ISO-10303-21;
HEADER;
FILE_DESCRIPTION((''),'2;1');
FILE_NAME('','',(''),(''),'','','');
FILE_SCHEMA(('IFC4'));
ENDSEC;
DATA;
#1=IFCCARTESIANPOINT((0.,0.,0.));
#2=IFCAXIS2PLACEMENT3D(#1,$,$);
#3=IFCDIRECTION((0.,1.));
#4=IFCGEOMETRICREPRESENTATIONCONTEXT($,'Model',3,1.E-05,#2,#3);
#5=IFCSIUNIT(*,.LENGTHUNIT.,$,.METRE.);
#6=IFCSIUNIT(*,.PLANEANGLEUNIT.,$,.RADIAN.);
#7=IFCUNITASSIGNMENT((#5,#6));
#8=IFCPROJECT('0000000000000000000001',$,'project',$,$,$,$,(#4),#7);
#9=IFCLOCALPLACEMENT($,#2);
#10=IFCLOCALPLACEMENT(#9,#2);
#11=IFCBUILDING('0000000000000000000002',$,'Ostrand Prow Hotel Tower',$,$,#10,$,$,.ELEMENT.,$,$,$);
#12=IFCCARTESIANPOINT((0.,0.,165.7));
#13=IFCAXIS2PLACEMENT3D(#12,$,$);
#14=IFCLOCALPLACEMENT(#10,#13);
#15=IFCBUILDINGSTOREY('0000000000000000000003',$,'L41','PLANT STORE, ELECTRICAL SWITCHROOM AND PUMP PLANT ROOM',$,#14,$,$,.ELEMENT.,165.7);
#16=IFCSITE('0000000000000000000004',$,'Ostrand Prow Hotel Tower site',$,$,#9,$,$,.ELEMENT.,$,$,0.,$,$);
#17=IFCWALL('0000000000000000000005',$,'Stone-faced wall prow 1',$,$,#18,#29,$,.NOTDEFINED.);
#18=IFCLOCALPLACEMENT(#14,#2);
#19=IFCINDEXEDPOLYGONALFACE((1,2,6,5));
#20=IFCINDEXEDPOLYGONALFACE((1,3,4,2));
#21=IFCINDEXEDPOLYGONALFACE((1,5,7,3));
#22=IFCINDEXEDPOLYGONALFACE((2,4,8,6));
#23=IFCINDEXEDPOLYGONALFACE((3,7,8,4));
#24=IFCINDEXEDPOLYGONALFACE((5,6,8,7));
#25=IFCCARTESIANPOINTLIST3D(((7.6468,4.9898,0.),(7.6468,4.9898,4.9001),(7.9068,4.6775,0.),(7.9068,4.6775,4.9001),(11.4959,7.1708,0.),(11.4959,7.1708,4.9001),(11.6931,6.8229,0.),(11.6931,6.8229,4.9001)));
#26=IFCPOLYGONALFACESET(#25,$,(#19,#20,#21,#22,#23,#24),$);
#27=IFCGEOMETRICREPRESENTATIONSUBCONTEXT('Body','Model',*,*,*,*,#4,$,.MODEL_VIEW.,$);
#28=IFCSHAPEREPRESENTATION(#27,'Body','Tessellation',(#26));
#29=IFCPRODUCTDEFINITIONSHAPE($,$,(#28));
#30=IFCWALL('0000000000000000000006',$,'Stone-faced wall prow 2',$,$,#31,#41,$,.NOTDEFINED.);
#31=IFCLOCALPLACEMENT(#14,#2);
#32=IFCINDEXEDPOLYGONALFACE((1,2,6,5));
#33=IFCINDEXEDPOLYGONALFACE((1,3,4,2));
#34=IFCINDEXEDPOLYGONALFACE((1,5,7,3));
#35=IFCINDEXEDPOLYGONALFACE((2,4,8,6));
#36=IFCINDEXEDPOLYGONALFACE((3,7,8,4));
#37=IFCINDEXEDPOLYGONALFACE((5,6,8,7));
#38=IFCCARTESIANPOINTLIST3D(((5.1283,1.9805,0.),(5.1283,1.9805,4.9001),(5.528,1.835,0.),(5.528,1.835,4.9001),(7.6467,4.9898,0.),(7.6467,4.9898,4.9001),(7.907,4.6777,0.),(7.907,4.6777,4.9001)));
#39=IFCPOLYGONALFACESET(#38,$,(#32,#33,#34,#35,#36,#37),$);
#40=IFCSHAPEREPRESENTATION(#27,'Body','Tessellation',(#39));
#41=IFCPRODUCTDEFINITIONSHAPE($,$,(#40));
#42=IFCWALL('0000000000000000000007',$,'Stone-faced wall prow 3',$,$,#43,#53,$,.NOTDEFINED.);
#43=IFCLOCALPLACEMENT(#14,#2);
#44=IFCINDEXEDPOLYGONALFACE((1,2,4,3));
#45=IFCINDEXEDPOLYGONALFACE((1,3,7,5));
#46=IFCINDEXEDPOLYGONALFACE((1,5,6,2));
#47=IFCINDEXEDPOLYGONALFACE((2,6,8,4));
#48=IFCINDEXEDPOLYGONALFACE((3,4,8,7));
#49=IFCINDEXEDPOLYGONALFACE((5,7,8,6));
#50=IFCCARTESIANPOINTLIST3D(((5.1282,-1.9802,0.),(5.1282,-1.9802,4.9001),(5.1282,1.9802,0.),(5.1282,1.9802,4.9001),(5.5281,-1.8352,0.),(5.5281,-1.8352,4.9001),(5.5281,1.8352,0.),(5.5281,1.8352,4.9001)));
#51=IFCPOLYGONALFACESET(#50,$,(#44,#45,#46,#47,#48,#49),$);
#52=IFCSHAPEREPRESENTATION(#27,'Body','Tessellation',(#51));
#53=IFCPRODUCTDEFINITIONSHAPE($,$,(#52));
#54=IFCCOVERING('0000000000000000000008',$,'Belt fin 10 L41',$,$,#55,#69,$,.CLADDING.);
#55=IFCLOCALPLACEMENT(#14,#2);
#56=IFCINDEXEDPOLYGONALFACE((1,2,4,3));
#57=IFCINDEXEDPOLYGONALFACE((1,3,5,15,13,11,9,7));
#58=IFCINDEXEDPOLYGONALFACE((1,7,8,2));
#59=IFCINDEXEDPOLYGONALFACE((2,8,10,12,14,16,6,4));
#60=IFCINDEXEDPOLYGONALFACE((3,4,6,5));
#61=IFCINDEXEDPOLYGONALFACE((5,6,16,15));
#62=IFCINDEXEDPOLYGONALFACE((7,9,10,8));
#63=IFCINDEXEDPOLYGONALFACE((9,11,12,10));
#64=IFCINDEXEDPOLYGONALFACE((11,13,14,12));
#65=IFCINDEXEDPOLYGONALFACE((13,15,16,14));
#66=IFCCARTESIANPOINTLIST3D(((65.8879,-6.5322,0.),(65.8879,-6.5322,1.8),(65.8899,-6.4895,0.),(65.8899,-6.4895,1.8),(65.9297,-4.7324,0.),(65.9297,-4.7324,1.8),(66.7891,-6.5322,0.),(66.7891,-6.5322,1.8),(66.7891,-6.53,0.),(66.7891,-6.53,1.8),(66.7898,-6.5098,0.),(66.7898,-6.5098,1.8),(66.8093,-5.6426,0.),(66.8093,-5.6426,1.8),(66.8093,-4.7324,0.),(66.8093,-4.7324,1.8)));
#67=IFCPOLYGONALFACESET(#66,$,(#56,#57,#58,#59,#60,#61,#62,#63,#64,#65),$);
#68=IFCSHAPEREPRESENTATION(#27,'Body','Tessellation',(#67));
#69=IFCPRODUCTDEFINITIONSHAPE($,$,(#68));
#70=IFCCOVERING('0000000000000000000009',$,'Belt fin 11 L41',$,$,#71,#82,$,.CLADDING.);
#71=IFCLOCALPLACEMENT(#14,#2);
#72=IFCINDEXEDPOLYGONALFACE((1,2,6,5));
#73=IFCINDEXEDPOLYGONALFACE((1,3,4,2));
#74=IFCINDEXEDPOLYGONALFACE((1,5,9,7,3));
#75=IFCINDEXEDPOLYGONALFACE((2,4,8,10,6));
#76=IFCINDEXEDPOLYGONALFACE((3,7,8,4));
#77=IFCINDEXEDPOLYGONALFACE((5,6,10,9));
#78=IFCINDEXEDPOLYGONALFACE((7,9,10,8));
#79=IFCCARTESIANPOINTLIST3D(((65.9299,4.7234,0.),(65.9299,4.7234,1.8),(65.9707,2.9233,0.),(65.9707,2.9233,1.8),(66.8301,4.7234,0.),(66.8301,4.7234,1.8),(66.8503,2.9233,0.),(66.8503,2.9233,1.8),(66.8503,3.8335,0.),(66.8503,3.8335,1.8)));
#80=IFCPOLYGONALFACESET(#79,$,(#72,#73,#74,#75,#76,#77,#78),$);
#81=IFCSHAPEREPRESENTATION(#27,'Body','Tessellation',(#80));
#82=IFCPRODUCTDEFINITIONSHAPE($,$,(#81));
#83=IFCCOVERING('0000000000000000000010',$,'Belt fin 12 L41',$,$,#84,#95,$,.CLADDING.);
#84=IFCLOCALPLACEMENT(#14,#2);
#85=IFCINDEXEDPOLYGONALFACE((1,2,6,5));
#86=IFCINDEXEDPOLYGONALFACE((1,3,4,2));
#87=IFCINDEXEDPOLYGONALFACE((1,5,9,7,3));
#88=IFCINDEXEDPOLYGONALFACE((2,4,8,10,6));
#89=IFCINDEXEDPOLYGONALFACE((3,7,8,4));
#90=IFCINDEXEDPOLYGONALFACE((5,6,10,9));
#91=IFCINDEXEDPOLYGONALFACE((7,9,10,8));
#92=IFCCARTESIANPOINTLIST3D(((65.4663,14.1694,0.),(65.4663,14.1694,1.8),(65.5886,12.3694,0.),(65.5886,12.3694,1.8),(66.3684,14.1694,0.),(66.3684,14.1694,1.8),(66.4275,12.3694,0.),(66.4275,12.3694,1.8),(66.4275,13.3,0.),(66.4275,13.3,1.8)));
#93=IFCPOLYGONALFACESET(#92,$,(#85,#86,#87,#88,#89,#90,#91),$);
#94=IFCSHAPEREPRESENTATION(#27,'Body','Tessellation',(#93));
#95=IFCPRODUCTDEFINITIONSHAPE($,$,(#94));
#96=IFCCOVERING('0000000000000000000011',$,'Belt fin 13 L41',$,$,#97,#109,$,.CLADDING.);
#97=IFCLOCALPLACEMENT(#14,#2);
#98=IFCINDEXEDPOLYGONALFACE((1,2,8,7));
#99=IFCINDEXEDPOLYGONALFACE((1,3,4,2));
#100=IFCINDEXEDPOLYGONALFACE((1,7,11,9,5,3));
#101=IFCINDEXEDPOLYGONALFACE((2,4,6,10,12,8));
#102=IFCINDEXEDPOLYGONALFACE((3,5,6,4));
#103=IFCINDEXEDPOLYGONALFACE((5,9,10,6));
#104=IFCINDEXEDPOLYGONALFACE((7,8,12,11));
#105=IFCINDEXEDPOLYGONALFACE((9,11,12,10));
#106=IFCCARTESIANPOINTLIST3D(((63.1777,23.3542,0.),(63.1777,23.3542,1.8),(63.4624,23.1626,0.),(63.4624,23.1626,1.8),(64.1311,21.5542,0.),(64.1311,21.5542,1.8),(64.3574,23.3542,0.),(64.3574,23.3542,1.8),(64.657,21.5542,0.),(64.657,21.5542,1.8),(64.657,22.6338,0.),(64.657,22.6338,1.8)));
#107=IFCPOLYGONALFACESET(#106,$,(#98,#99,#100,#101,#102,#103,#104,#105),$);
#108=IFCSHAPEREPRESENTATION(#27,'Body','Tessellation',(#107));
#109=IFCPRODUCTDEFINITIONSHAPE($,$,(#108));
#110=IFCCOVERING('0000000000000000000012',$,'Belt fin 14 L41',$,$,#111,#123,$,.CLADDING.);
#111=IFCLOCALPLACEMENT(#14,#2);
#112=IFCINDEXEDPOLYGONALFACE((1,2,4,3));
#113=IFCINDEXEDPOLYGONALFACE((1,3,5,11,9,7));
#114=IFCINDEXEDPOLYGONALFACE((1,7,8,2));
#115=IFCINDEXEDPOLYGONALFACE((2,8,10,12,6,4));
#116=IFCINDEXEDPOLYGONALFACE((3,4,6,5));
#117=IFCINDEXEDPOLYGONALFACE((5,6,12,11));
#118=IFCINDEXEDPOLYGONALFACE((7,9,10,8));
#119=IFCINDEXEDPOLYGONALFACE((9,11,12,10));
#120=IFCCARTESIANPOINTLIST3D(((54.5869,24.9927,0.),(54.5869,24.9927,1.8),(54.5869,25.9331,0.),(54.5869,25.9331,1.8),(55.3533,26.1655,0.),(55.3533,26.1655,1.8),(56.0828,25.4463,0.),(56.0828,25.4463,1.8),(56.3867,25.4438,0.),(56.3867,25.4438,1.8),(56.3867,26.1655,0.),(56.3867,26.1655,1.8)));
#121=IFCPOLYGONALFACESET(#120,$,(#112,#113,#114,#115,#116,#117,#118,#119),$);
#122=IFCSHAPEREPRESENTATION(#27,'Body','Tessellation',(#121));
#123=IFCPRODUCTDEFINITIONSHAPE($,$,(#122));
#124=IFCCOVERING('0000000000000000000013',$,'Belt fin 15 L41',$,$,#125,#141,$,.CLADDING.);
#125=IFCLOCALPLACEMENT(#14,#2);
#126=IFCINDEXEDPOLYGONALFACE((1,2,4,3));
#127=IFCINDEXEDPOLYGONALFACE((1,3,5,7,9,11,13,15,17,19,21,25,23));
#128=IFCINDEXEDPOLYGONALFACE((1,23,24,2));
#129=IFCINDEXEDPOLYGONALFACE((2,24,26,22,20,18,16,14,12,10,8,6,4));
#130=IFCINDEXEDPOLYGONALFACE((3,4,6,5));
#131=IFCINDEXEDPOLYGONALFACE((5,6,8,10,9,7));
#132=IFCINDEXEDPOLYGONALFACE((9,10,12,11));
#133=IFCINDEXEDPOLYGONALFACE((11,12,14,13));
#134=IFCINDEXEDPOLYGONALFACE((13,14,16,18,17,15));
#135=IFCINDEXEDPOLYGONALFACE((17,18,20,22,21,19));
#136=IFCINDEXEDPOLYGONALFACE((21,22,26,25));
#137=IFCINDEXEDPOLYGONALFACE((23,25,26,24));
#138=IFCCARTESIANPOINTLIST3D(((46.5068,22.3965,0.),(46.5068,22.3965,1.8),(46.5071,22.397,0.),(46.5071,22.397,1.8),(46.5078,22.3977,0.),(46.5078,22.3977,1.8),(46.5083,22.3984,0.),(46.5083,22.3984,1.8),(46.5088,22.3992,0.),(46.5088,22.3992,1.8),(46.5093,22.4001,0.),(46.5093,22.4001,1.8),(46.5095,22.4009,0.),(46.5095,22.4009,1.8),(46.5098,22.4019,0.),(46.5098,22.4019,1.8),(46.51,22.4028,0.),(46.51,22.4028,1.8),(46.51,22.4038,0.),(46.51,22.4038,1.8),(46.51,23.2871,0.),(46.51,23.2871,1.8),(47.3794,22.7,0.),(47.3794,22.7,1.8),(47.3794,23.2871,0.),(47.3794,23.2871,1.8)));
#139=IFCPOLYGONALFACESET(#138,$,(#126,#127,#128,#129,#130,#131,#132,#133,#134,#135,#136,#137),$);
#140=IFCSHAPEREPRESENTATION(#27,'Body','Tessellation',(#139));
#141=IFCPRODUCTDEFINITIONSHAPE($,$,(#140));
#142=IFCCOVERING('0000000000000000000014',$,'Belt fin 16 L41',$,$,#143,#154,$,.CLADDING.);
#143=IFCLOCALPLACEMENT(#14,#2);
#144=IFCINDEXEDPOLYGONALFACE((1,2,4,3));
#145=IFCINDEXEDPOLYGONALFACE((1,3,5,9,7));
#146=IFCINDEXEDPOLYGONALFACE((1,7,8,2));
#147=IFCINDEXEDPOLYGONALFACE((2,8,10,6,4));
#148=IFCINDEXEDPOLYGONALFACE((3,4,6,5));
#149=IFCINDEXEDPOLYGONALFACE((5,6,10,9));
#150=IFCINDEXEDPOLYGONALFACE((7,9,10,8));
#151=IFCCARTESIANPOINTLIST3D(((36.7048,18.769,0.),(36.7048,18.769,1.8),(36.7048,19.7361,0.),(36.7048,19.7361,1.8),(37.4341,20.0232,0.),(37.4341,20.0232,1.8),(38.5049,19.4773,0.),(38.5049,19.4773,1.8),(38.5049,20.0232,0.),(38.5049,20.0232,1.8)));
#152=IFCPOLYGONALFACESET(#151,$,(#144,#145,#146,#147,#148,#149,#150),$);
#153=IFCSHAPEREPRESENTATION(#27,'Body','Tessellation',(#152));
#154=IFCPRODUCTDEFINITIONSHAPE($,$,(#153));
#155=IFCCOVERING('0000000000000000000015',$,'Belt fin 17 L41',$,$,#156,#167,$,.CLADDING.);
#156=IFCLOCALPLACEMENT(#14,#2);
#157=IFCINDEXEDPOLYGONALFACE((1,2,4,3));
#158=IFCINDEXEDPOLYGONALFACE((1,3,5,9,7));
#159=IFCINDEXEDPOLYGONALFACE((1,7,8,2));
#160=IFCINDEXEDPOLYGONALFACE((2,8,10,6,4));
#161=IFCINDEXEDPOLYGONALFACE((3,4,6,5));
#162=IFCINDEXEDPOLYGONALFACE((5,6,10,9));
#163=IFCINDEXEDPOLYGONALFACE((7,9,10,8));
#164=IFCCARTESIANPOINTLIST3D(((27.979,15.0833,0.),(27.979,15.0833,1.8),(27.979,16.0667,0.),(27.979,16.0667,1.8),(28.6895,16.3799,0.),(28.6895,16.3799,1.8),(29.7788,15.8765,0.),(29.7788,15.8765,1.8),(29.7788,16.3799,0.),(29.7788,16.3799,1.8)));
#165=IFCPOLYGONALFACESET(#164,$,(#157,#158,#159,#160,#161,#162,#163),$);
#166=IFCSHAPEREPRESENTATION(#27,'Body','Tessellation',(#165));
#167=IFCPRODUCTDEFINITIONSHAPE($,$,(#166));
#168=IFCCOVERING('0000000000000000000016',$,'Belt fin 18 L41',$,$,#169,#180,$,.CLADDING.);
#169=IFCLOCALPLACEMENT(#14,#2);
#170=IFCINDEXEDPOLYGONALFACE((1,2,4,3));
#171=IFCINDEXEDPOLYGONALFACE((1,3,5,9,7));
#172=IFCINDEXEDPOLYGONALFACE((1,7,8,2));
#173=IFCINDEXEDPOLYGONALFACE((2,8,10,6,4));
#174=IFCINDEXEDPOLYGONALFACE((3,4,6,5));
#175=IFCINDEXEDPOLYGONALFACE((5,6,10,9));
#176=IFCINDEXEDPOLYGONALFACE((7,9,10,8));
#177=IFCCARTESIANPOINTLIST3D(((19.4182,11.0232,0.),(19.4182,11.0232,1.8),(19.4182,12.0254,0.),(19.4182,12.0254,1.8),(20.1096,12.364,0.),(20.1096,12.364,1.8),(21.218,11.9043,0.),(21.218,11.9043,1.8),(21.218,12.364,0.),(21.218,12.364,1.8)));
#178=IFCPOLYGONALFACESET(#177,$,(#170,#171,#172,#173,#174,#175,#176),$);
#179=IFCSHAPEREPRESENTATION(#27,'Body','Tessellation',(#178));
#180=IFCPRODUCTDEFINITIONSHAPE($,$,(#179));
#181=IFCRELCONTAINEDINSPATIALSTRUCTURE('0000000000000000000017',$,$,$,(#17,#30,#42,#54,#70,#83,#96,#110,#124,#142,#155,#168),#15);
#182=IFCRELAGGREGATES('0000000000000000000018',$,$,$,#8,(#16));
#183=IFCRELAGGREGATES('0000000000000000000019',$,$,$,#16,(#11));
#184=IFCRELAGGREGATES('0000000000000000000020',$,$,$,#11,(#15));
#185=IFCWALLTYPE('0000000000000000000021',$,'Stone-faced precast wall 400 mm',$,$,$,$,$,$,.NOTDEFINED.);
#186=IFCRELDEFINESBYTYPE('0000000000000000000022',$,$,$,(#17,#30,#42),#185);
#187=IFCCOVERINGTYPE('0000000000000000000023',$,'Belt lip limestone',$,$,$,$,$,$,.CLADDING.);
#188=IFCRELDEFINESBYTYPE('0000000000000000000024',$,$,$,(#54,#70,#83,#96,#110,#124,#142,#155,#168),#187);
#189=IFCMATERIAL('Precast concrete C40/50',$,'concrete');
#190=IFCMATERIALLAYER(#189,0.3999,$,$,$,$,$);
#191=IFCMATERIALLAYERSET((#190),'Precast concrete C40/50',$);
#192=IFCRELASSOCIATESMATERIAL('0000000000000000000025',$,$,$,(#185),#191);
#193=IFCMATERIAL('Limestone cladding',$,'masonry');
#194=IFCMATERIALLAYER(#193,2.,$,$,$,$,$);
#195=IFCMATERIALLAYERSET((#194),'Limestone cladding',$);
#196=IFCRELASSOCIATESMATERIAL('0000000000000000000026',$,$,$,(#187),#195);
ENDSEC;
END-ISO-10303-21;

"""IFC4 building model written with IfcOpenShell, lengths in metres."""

from ifc_helpers import new_model, si_unit, direction, frame, origin, place, context, subcontext, project, spatial, polyline, outline, extrude, material, layer, layer_set, type_object, element, save


model = new_model("IFC4")

# Units and contexts
model_context = context("Model", 3, precision=1e-05, world=origin(), true_north=direction((0.0, 1.0)))
body_context = subcontext(model_context, "Body", "Model", "MODEL_VIEW")
ifc_project = project(units=[si_unit("LENGTHUNIT", "METRE"), si_unit("PLANEANGLEUNIT", "RADIAN")], contexts=[model_context])

# Site, building, storey
site_placement = place(None, origin())
site = spatial("IfcSite", under=ifc_project, at=site_placement, Name="Ostrand Prow Hotel Tower site", CompositionType="ELEMENT", RefElevation=0.0)
building_placement = place(site_placement, origin())
building = spatial("IfcBuilding", under=site, at=building_placement, Name="Ostrand Prow Hotel Tower", CompositionType="ELEMENT")
storey_placement = place(building_placement, frame((0.0, 0.0, 165.7)))
storey = spatial("IfcBuildingStorey", under=building, at=storey_placement, Name="L41", Description="PLANT STORE, ELECTRICAL SWITCHROOM AND PUMP PLANT ROOM", CompositionType="ELEMENT", Elevation=165.7)

# Walls
ifc_material_1 = material(Name="Precast concrete C40/50", Category="concrete")
ifc_layer_1 = layer(ifc_material_1, 0.3999)
ifc_layer_set_1 = layer_set([ifc_layer_1], Name="Precast concrete C40/50")
wall_type_1 = type_object("IfcWallType", Name="Stone-faced precast wall 400 mm", PredefinedType="NOTDEFINED", material=ifc_layer_set_1)
wall_1_placement = place(storey_placement, frame((11.5945, 6.9968, 0.0), z_axis=(0.0, 0.0, 1.0), x_axis=(-0.870045, -0.492972, 0.0)))
element("IfcWall", 1, at=wall_1_placement, inside=storey, type_object=wall_type_1, Name="Stone-faced wall prow 1", PredefinedType="NOTDEFINED", context=body_context, shape_type="SweptSolid", body=[
    extrude(outline(polyline([(0.0, -0.2), (4.4241, -0.2), (4.3518, 0.2), (0.0, 0.2), (0.0, -0.2)])), origin(), (0.0, 0.0, 1.0), 4.9001),
])
wall_2_placement = place(storey_placement, frame((7.7769, 4.8337, 0.0), z_axis=(0.0, 0.0, 1.0), x_axis=(-0.641788, -0.766882, 0.0)))
element("IfcWall", 2, at=wall_2_placement, inside=storey, type_object=wall_type_1, Name="Stone-faced wall prow 2", PredefinedType="NOTDEFINED", context=body_context, shape_type="SweptSolid", body=[
    extrude(outline(polyline([(-0.0361, -0.2), (3.8879, -0.2), (3.7429, 0.2), (0.0361, 0.2), (-0.0361, -0.2)])), origin(), (0.0, 0.0, 1.0), 4.9001),
])
wall_3_placement = place(storey_placement, frame((5.3281, 1.9077, 0.0), z_axis=(0.0, 0.0, 1.0), x_axis=(0.0, -1.0, 0.0)))
element("IfcWall", 3, at=wall_3_placement, inside=storey, type_object=wall_type_1, Name="Stone-faced wall prow 3", PredefinedType="NOTDEFINED", context=body_context, shape_type="SweptSolid", body=[
    extrude(outline(polyline([(-0.0725, -0.2), (3.8879, -0.2), (3.7429, 0.2), (0.0725, 0.2), (-0.0725, -0.2)])), origin(), (0.0, 0.0, 1.0), 4.9001),
])

# Coverings
ifc_material_2 = material(Name="Limestone cladding", Category="masonry")
ifc_layer_2 = layer(ifc_material_2, 2.0)
ifc_layer_set_2 = layer_set([ifc_layer_2], Name="Limestone cladding")
covering_type_1 = type_object("IfcCoveringType", Name="Belt lip limestone", PredefinedType="CLADDING", material=ifc_layer_set_2)
covering_1_placement = place(storey_placement, origin())
element("IfcCovering", 4, at=covering_1_placement, inside=storey, type_object=covering_type_1, Name="Belt fin 10 L41", PredefinedType="CLADDING", context=body_context, shape_type="SweptSolid", body=[
    extrude(outline(polyline([(66.7898, -6.5098), (66.8093, -5.6426), (66.8093, -4.7324), (65.9297, -4.7324), (65.8899, -6.4895), (65.8879, -6.5322), (66.7891, -6.5322), (66.7891, -6.53), (66.7898, -6.5098)])), origin(), (0.0, 0.0, 1.0), 1.8),
])
covering_2_placement = place(storey_placement, origin())
element("IfcCovering", 5, at=covering_2_placement, inside=storey, type_object=covering_type_1, Name="Belt fin 11 L41", PredefinedType="CLADDING", context=body_context, shape_type="SweptSolid", body=[
    extrude(outline(polyline([(66.8503, 3.8335), (66.8301, 4.7234), (65.9299, 4.7234), (65.9707, 2.9233), (66.8503, 2.9233), (66.8503, 3.8335)])), origin(), (0.0, 0.0, 1.0), 1.8),
])
covering_3_placement = place(storey_placement, origin())
element("IfcCovering", 6, at=covering_3_placement, inside=storey, type_object=covering_type_1, Name="Belt fin 12 L41", PredefinedType="CLADDING", context=body_context, shape_type="SweptSolid", body=[
    extrude(outline(polyline([(66.4275, 13.3), (66.3684, 14.1694), (65.4663, 14.1694), (65.5886, 12.3694), (66.4275, 12.3694), (66.4275, 13.3)])), origin(), (0.0, 0.0, 1.0), 1.8),
])
covering_4_placement = place(storey_placement, origin())
element("IfcCovering", 7, at=covering_4_placement, inside=storey, type_object=covering_type_1, Name="Belt fin 13 L41", PredefinedType="CLADDING", context=body_context, shape_type="SweptSolid", body=[
    extrude(outline(polyline([(64.657, 22.6338), (64.3574, 23.3542), (63.1777, 23.3542), (63.4624, 23.1626), (64.1311, 21.5542), (64.657, 21.5542), (64.657, 22.6338)])), origin(), (0.0, 0.0, 1.0), 1.8),
])
covering_5_placement = place(storey_placement, origin())
element("IfcCovering", 8, at=covering_5_placement, inside=storey, type_object=covering_type_1, Name="Belt fin 14 L41", PredefinedType="CLADDING", context=body_context, shape_type="SweptSolid", body=[
    extrude(outline(polyline([(55.3533, 26.1655), (54.5869, 25.9331), (54.5869, 24.9927), (56.0828, 25.4463), (56.3867, 25.4438), (56.3867, 26.1655), (55.3533, 26.1655)])), origin(), (0.0, 0.0, 1.0), 1.8),
])
covering_6_placement = place(storey_placement, origin())
element("IfcCovering", 9, at=covering_6_placement, inside=storey, type_object=covering_type_1, Name="Belt fin 15 L41", PredefinedType="CLADDING", context=body_context, shape_type="SweptSolid", body=[
    extrude(outline(polyline([(46.5068, 22.3965), (47.3794, 22.7), (47.3794, 23.2871), (46.51, 23.2871), (46.51, 22.4038), (46.51, 22.4028), (46.5098, 22.4019), (46.5095, 22.4009), (46.5093, 22.4001), (46.5088, 22.3992), (46.5083, 22.3984), (46.5078, 22.3977), (46.5071, 22.397), (46.5068, 22.3965)])), origin(), (0.0, 0.0, 1.0), 1.8),
])
covering_7_placement = place(storey_placement, origin())
element("IfcCovering", 10, at=covering_7_placement, inside=storey, type_object=covering_type_1, Name="Belt fin 16 L41", PredefinedType="CLADDING", context=body_context, shape_type="SweptSolid", body=[
    extrude(outline(polyline([(37.4341, 20.0232), (36.7048, 19.7361), (36.7048, 18.769), (38.5049, 19.4773), (38.5049, 20.0232), (37.4341, 20.0232)])), origin(), (0.0, 0.0, 1.0), 1.8),
])
covering_8_placement = place(storey_placement, origin())
element("IfcCovering", 11, at=covering_8_placement, inside=storey, type_object=covering_type_1, Name="Belt fin 17 L41", PredefinedType="CLADDING", context=body_context, shape_type="SweptSolid", body=[
    extrude(outline(polyline([(28.6895, 16.3799), (27.979, 16.0667), (27.979, 15.0833), (29.7788, 15.8765), (29.7788, 16.3799), (28.6895, 16.3799)])), origin(), (0.0, 0.0, 1.0), 1.8),
])
covering_9_placement = place(storey_placement, origin())
element("IfcCovering", 12, at=covering_9_placement, inside=storey, type_object=covering_type_1, Name="Belt fin 18 L41", PredefinedType="CLADDING", context=body_context, shape_type="SweptSolid", body=[
    extrude(outline(polyline([(20.1096, 12.364), (19.4182, 12.0254), (19.4182, 11.0232), (21.218, 11.9043), (21.218, 12.364), (20.1096, 12.364)])), origin(), (0.0, 0.0, 1.0), 1.8),
])

save(model, "model.ifc")
